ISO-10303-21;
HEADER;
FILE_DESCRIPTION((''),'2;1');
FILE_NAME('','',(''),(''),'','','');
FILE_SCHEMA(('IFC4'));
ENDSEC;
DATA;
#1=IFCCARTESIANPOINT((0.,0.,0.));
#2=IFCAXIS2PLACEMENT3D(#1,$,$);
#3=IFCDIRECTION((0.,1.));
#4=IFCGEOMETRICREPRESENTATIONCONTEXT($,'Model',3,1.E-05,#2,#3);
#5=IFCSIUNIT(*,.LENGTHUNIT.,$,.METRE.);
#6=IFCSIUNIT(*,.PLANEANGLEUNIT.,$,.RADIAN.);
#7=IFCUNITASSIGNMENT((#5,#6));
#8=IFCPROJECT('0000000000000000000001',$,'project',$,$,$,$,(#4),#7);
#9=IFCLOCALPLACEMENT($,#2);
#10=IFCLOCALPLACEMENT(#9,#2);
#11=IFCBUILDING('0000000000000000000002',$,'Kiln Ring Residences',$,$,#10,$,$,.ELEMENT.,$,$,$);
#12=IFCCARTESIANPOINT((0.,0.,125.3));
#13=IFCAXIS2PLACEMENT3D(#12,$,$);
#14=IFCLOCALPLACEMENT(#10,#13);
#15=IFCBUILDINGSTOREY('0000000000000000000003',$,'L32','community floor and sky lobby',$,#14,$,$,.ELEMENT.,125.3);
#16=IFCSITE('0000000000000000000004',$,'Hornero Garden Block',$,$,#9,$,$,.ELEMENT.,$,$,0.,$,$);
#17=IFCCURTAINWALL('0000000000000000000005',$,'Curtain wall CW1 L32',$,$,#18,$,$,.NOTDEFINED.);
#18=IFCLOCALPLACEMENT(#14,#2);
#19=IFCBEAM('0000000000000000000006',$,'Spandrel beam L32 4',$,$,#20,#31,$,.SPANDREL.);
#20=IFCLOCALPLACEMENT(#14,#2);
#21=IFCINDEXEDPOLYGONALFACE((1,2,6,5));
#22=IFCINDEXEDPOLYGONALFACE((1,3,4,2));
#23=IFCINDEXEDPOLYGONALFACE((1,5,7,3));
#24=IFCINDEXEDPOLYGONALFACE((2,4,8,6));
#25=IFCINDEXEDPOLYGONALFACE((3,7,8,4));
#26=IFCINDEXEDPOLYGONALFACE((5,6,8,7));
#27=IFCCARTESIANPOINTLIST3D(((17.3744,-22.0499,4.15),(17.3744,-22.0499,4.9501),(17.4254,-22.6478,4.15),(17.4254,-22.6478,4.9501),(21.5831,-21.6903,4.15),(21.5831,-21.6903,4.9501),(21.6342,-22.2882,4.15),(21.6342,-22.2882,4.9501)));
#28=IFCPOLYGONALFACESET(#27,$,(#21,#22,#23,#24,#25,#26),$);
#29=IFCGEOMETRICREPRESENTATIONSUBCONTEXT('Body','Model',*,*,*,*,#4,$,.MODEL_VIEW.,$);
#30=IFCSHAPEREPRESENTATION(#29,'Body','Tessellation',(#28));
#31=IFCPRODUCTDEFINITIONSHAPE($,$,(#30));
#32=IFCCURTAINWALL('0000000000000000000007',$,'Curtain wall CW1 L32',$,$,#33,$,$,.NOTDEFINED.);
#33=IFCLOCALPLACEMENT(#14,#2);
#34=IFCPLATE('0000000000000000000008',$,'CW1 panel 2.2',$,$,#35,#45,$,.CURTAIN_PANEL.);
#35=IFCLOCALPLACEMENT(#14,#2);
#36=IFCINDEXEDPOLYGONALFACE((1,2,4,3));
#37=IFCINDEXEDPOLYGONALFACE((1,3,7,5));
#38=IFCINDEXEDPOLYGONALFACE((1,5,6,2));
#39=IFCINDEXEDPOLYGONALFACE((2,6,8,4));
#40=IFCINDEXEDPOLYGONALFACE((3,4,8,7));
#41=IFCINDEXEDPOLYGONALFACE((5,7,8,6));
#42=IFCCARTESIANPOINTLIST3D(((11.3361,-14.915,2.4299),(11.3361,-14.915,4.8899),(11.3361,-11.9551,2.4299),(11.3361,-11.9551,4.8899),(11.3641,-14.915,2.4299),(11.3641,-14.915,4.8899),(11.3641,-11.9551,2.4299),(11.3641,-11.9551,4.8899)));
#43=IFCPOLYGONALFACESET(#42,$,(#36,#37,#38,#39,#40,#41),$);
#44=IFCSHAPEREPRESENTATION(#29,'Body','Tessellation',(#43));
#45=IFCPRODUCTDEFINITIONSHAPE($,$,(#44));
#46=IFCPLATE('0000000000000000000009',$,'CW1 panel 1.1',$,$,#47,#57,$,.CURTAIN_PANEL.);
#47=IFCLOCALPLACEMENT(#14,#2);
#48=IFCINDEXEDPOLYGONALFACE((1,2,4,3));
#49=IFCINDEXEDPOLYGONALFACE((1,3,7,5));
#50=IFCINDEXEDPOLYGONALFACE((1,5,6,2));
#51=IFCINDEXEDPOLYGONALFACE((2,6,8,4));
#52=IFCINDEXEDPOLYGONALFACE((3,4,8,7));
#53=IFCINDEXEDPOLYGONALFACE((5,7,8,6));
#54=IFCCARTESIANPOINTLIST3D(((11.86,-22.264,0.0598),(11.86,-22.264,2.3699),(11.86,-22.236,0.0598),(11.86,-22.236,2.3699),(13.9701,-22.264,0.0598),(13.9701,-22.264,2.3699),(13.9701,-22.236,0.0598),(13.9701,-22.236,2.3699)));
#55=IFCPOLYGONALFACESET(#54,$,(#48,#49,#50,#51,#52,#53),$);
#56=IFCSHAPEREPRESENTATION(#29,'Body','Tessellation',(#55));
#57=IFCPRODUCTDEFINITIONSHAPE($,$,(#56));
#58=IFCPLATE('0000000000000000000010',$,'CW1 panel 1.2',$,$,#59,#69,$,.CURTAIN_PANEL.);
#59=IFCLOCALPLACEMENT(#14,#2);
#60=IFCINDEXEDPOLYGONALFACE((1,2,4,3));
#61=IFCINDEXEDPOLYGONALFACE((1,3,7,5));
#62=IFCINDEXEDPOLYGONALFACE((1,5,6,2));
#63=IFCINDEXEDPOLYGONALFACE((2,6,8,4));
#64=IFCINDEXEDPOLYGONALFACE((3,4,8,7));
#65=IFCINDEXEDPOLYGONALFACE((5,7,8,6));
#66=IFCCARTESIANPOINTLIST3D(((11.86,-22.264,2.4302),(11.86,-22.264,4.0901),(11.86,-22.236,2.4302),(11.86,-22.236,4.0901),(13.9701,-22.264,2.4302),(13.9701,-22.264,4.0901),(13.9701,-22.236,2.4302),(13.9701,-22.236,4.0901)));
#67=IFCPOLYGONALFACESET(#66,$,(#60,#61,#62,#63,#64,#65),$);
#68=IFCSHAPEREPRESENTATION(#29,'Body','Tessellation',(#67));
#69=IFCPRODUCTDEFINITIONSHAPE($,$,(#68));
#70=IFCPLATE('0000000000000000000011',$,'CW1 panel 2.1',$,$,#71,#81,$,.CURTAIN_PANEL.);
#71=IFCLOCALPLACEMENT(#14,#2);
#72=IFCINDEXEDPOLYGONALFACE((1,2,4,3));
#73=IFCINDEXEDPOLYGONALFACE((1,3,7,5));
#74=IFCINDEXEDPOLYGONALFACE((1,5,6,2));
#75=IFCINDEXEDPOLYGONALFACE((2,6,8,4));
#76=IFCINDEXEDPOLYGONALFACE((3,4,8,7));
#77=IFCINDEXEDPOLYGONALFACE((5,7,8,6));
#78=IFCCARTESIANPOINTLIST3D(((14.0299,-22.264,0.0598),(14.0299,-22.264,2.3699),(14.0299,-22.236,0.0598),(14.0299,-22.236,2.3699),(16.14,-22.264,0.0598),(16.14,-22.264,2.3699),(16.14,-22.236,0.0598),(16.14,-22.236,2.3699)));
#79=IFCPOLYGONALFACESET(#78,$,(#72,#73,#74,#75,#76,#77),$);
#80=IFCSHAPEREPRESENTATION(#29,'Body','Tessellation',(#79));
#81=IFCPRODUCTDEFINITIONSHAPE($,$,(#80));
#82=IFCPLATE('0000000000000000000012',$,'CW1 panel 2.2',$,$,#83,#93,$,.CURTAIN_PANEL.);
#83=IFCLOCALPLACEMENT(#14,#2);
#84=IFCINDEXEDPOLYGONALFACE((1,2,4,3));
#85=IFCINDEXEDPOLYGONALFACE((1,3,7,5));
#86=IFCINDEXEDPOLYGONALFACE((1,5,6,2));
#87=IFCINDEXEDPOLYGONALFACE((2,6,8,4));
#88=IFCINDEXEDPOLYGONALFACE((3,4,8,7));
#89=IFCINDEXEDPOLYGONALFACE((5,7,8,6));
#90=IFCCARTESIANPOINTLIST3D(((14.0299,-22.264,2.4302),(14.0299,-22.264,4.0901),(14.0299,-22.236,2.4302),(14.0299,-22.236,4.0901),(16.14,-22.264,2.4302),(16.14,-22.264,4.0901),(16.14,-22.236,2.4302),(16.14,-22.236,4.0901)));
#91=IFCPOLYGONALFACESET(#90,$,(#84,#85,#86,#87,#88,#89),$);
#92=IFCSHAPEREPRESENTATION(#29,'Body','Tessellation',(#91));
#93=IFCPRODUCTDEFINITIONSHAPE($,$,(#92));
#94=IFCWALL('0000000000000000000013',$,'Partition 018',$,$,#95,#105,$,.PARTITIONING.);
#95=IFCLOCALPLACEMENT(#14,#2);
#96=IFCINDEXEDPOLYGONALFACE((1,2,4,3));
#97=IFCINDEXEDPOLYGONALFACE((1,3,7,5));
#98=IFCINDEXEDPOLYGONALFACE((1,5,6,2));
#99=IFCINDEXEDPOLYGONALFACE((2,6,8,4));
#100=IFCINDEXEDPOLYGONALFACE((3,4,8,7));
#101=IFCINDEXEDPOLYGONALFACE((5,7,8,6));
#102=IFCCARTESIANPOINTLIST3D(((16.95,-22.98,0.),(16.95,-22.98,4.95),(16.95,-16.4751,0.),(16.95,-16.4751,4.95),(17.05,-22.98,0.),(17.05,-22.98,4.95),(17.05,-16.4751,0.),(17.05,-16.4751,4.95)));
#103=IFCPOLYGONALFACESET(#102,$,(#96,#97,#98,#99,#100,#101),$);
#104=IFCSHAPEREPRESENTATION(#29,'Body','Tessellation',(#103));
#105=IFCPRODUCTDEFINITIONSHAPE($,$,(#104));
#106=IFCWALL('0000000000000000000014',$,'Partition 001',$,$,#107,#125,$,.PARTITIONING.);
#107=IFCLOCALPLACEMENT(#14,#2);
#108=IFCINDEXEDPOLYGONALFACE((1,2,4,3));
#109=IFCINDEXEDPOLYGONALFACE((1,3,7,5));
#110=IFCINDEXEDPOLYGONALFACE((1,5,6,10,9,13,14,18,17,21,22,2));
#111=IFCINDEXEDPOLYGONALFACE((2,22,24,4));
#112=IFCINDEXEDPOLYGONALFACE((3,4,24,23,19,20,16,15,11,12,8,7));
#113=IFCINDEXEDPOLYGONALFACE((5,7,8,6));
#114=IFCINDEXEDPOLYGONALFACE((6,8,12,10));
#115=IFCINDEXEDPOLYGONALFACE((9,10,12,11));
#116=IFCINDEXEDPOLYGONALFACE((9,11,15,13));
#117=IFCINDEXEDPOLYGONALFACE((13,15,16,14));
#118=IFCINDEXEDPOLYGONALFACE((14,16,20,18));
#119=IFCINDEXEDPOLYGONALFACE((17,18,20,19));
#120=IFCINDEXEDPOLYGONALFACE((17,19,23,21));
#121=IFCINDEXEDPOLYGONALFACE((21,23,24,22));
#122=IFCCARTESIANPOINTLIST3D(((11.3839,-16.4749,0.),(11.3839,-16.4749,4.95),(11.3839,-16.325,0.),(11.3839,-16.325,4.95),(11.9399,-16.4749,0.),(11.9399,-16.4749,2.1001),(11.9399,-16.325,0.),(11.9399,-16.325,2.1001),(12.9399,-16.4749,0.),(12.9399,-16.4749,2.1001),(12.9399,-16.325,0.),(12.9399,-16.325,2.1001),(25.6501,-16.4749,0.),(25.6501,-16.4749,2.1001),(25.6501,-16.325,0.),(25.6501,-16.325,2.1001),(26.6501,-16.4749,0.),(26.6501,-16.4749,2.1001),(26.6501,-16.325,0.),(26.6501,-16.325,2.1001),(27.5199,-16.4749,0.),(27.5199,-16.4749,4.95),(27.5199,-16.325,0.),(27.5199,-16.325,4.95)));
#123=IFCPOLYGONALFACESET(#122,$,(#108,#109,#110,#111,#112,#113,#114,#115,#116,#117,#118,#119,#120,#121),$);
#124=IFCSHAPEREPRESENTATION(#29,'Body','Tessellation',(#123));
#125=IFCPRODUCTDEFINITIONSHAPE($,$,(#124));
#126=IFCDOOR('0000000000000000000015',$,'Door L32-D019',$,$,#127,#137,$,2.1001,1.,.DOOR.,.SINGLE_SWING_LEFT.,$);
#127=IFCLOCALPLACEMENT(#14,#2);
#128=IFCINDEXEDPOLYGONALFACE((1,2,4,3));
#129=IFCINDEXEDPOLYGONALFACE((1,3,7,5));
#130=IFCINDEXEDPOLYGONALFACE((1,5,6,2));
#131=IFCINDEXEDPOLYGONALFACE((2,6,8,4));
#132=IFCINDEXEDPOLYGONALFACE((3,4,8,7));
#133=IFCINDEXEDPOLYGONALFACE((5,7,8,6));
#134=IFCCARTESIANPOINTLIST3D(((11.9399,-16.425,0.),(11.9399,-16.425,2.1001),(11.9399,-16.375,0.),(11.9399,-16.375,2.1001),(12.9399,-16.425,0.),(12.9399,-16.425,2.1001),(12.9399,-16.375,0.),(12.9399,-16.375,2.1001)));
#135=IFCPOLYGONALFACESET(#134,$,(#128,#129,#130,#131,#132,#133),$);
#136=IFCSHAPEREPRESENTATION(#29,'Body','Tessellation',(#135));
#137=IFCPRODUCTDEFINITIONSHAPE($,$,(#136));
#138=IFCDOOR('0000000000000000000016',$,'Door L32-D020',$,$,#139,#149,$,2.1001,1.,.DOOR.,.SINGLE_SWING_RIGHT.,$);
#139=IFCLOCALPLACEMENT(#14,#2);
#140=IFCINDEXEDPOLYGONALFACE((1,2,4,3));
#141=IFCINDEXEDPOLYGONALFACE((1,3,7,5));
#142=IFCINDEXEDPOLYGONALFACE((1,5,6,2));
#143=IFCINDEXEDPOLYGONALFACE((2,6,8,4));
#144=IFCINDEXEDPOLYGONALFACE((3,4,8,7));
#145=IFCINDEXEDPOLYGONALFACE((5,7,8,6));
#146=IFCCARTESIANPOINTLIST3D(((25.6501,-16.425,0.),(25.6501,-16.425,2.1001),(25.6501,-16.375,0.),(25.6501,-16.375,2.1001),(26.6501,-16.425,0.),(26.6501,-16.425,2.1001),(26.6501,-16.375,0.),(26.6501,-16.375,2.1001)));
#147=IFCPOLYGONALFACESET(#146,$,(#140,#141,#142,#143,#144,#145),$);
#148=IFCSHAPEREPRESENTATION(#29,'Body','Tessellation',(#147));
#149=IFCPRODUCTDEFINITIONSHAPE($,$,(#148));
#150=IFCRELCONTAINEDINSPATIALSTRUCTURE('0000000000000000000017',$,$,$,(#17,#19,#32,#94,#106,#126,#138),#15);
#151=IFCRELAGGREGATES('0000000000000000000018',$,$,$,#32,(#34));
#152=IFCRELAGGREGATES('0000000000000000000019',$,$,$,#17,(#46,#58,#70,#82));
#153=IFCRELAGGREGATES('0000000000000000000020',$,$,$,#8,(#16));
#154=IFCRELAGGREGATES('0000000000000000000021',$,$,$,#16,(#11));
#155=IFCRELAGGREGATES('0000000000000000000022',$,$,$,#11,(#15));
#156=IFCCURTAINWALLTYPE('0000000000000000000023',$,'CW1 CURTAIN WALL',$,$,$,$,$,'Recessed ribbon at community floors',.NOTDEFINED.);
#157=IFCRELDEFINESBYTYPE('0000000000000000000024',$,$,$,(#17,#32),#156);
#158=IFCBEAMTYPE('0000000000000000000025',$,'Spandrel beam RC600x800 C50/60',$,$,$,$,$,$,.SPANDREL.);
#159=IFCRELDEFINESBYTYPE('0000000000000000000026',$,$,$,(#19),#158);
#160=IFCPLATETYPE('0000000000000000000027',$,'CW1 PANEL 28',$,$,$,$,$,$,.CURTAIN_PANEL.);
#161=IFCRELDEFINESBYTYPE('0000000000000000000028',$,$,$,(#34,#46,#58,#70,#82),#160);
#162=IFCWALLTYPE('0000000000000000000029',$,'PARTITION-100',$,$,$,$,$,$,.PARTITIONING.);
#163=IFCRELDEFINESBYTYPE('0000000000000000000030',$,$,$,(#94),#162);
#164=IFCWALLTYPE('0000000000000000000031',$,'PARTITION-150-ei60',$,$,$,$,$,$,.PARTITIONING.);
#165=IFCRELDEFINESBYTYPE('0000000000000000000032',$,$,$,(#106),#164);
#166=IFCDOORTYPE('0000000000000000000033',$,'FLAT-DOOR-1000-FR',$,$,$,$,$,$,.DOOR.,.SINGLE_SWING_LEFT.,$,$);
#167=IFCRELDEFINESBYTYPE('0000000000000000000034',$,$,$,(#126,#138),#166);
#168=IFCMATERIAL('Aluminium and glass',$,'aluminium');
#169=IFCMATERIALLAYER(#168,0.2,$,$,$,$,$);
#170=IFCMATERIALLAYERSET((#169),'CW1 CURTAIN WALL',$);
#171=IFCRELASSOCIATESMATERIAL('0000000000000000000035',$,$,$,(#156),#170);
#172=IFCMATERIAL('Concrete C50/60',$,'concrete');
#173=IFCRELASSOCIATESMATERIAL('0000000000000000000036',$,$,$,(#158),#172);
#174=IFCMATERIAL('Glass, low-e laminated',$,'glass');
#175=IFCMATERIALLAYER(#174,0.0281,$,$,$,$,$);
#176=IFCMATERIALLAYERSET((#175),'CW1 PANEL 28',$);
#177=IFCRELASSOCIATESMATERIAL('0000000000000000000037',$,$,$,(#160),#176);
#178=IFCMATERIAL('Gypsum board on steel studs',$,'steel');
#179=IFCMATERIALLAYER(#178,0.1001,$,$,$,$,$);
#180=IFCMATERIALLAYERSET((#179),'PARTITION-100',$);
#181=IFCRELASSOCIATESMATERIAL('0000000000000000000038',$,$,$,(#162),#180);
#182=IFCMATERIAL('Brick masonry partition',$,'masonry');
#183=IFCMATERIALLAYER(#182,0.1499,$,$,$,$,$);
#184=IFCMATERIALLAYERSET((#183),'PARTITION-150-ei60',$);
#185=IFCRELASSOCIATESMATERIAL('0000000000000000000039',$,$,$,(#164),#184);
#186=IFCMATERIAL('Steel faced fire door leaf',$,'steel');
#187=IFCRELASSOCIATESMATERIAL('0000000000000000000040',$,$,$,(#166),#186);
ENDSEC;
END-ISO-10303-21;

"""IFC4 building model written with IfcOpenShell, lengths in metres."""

from ifc_helpers import new_model, si_unit, direction, frame, frame_2d, origin, origin_2d, place, context, subcontext, project, spatial, rectangle, extrude, material, layer, layer_set, material_profile, profile_set, type_object, element, fill, aggregate, save


model = new_model("IFC4")

# Units and contexts
model_context = context("Model", 3, precision=1e-05, world=origin(), true_north=direction((0.0, 1.0)))
body_context = subcontext(model_context, "Body", "Model", "MODEL_VIEW")
ifc_project = project(units=[si_unit("LENGTHUNIT", "METRE"), si_unit("PLANEANGLEUNIT", "RADIAN")], contexts=[model_context])

# Site, building, storey
site_placement = place(None, origin())
site = spatial("IfcSite", under=ifc_project, at=site_placement, Name="Hornero Garden Block", CompositionType="ELEMENT", RefElevation=0.0)
building_placement = place(site_placement, origin())
building = spatial("IfcBuilding", under=site, at=building_placement, Name="Kiln Ring Residences", CompositionType="ELEMENT")
storey_placement = place(building_placement, frame((0.0, 0.0, 125.3)))
storey = spatial("IfcBuildingStorey", under=building, at=storey_placement, Name="L32", Description="community floor and sky lobby", CompositionType="ELEMENT", Elevation=125.3)

# Curtain wall
ifc_material_1 = material(Name="Aluminium and glass", Category="aluminium")
ifc_layer_1 = layer(ifc_material_1, 0.2)
ifc_layer_set_1 = layer_set([ifc_layer_1], Name="CW1 CURTAIN WALL")
curtain_wall_type = type_object("IfcCurtainWallType", Name="CW1 CURTAIN WALL", ElementType="Recessed ribbon at community floors", PredefinedType="NOTDEFINED", material=ifc_layer_set_1)
placement = place(storey_placement, origin())
curtain_wall_1 = element("IfcCurtainWall", 1, at=placement, inside=storey, type_object=curtain_wall_type, Name="Curtain wall CW1 L32", PredefinedType="NOTDEFINED")

# Beam
ifc_material_2 = material(Name="Concrete C50/60", Category="concrete")
ifc_material_profile_1 = material_profile(ifc_material_2, rectangle(XDim=0.6001, YDim=0.8, at=origin_2d()), Name="RC600x800")
ifc_profile_set_1 = profile_set([ifc_material_profile_1], Name="Concrete C50/60")
beam_type = type_object("IfcBeamType", Name="Spandrel beam RC600x800 C50/60", PredefinedType="SPANDREL", material=ifc_profile_set_1)
beam_1_placement = place(storey_placement, frame((17.3999, -22.3489, 4.55), z_axis=(0.996369, 0.085136, 0.0), x_axis=(-0.085136, 0.996369, 0.0)))
element("IfcBeam", 2, at=beam_1_placement, inside=storey, type_object=beam_type, Name="Spandrel beam L32 4", PredefinedType="SPANDREL", context=body_context, shape_type="SweptSolid", body=[
    extrude(rectangle(XDim=0.6001, YDim=0.8, at=origin_2d()), origin(), (0.0, 0.0, 1.0), 4.2241),
])

# Curtain wall, plate
curtain_wall_2 = element("IfcCurtainWall", 3, at=placement, inside=storey, type_object=curtain_wall_type, Name="Curtain wall CW1 L32", PredefinedType="NOTDEFINED")
ifc_material_3 = material(Name="Glass, low-e laminated", Category="glass")
ifc_layer_2 = layer(ifc_material_3, 0.0281)
ifc_layer_set_2 = layer_set([ifc_layer_2], Name="CW1 PANEL 28")
plate_type = type_object("IfcPlateType", Name="CW1 PANEL 28", PredefinedType="CURTAIN_PANEL", material=ifc_layer_set_2)
plate_1_placement = place(storey_placement, frame((11.3501, -13.4351, 2.4299), z_axis=(0.0, 0.0, 1.0), x_axis=(0.0, -1.0, 0.0)))
plate_1 = element("IfcPlate", 4, at=plate_1_placement, type_object=plate_type, Name="CW1 panel 2.2", PredefinedType="CURTAIN_PANEL", context=body_context, shape_type="SweptSolid", body=[
    extrude(rectangle(XDim=2.96, YDim=0.0281, at=origin_2d()), origin(), (0.0, 0.0, 1.0), 2.46),
])
aggregate(curtain_wall_2, [plate_1])

# Plates
plate_2_placement = place(storey_placement, frame((12.915, -22.25, 0.0598), z_axis=(0.0, 0.0, 1.0), x_axis=(1.0, 0.0, 0.0)))
plate_2 = element("IfcPlate", 5, at=plate_2_placement, type_object=plate_type, Name="CW1 panel 1.1", PredefinedType="CURTAIN_PANEL", context=body_context, shape_type="SweptSolid", body=[
    extrude(rectangle(XDim=2.1101, YDim=0.0281, at=origin_2d()), origin(), (0.0, 0.0, 1.0), 2.3101),
])
plate_3_placement = place(storey_placement, frame((12.915, -22.25, 2.4302), z_axis=(0.0, 0.0, 1.0), x_axis=(1.0, 0.0, 0.0)))
plate_3 = element("IfcPlate", 6, at=plate_3_placement, type_object=plate_type, Name="CW1 panel 1.2", PredefinedType="CURTAIN_PANEL", context=body_context, shape_type="SweptSolid", body=[
    extrude(rectangle(XDim=2.1101, YDim=0.0281, at=origin_2d()), origin(), (0.0, 0.0, 1.0), 1.6599),
])
plate_4_placement = place(storey_placement, frame((15.085, -22.25, 0.0598), z_axis=(0.0, 0.0, 1.0), x_axis=(1.0, 0.0, 0.0)))
plate_4 = element("IfcPlate", 7, at=plate_4_placement, type_object=plate_type, Name="CW1 panel 2.1", PredefinedType="CURTAIN_PANEL", context=body_context, shape_type="SweptSolid", body=[
    extrude(rectangle(XDim=2.1101, YDim=0.0281, at=origin_2d()), origin(), (0.0, 0.0, 1.0), 2.3101),
])
plate_5_placement = place(storey_placement, frame((15.085, -22.25, 2.4302), z_axis=(0.0, 0.0, 1.0), x_axis=(1.0, 0.0, 0.0)))
plate_5 = element("IfcPlate", 8, at=plate_5_placement, type_object=plate_type, Name="CW1 panel 2.2", PredefinedType="CURTAIN_PANEL", context=body_context, shape_type="SweptSolid", body=[
    extrude(rectangle(XDim=2.1101, YDim=0.0281, at=origin_2d()), origin(), (0.0, 0.0, 1.0), 1.6599),
])
aggregate(curtain_wall_1, [plate_2, plate_3, plate_4, plate_5])

# Wall
ifc_material_4 = material(Name="Gypsum board on steel studs", Category="steel")
ifc_layer_3 = layer(ifc_material_4, 0.1001)
ifc_layer_set_3 = layer_set([ifc_layer_3], Name="PARTITION-100")
wall_type_1 = type_object("IfcWallType", Name="PARTITION-100", PredefinedType="PARTITIONING", material=ifc_layer_set_3)
wall_1_placement = place(storey_placement, frame((17.0, -22.98, 0.0), z_axis=(0.0, 0.0, 1.0), x_axis=(0.0, 1.0, 0.0)))
element("IfcWall", 9, at=wall_1_placement, inside=storey, type_object=wall_type_1, Name="Partition 018", PredefinedType="PARTITIONING", context=body_context, shape_type="SweptSolid", body=[
    extrude(rectangle(XDim=6.5049, YDim=0.1001, at=frame_2d((3.2524, 0.0))), origin(), (0.0, 0.0, 1.0), 4.95),
])

# Wall, openings, doors
ifc_material_5 = material(Name="Brick masonry partition", Category="masonry")
ifc_layer_4 = layer(ifc_material_5, 0.1499)
ifc_layer_set_4 = layer_set([ifc_layer_4], Name="PARTITION-150-ei60")
wall_type_2 = type_object("IfcWallType", Name="PARTITION-150-ei60", PredefinedType="PARTITIONING", material=ifc_layer_set_4)
wall_2_placement = place(storey_placement, frame((11.384, -16.3999, 0.0), z_axis=(0.0, 0.0, 1.0), x_axis=(1.0, 0.0, 0.0)))
wall_2 = element("IfcWall", 10, at=wall_2_placement, inside=storey, type_object=wall_type_2, Name="Partition 001", PredefinedType="PARTITIONING", context=body_context, shape_type="SweptSolid", body=[
    extrude(rectangle(XDim=16.136, YDim=0.1499, at=frame_2d((8.0679, 0.0))), origin(), (0.0, 0.0, 1.0), 4.95),
])
opening_1_placement = place(wall_2_placement, frame((0.5559, 0.0, 0.0)))
opening_1 = element("IfcOpeningElement", 11, at=opening_1_placement, cuts=wall_2, PredefinedType="OPENING", context=body_context, shape_type="SweptSolid", body=[
    extrude(rectangle(XDim=1.0, YDim=2.1001, at=frame_2d((0.5, 1.05))), frame((0.0, 0.085, 0.0), z_axis=(0.0, -1.0, 0.0), x_axis=(1.0, 0.0, 0.0)), (0.0, 0.0, 1.0), 0.1699),
])
opening_2_placement = place(wall_2_placement, frame((14.2661, 0.0, 0.0)))
opening_2 = element("IfcOpeningElement", 12, at=opening_2_placement, cuts=wall_2, PredefinedType="OPENING", context=body_context, shape_type="SweptSolid", body=[
    extrude(rectangle(XDim=1.0, YDim=2.1001, at=frame_2d((0.5, 1.05))), frame((0.0, 0.085, 0.0), z_axis=(0.0, -1.0, 0.0), x_axis=(1.0, 0.0, 0.0)), (0.0, 0.0, 1.0), 0.1699),
])
ifc_material_6 = material(Name="Steel faced fire door leaf", Category="steel")
door_type_1 = type_object("IfcDoorType", Name="FLAT-DOOR-1000-FR", OperationType="SINGLE_SWING_LEFT", PredefinedType="DOOR", material=ifc_material_6)
door_1_placement = place(opening_1_placement, origin())
door_1 = element("IfcDoor", 13, at=door_1_placement, inside=storey, type_object=door_type_1, Name="Door L32-D019", OperationType="SINGLE_SWING_LEFT", OverallHeight=2.1001, OverallWidth=1.0, PredefinedType="DOOR", context=body_context, shape_type="SweptSolid", body=[
    extrude(rectangle(XDim=1.0, YDim=2.1001, at=frame_2d((0.5, 1.05))), frame((0.0, 0.0249, 0.0), z_axis=(0.0, -1.0, 0.0), x_axis=(1.0, 0.0, 0.0)), (0.0, 0.0, 1.0), 0.05),
])
fill(opening_1, door_1)
door_2_placement = place(opening_2_placement, origin())
door_2 = element("IfcDoor", 14, at=door_2_placement, inside=storey, type_object=door_type_1, Name="Door L32-D020", OperationType="SINGLE_SWING_RIGHT", OverallHeight=2.1001, OverallWidth=1.0, PredefinedType="DOOR", context=body_context, shape_type="SweptSolid", body=[
    extrude(rectangle(XDim=1.0, YDim=2.1001, at=frame_2d((0.5, 1.05))), frame((0.0, 0.0249, 0.0), z_axis=(0.0, -1.0, 0.0), x_axis=(1.0, 0.0, 0.0)), (0.0, 0.0, 1.0), 0.05),
])
fill(opening_2, door_2)

save(model, "model.ifc")
